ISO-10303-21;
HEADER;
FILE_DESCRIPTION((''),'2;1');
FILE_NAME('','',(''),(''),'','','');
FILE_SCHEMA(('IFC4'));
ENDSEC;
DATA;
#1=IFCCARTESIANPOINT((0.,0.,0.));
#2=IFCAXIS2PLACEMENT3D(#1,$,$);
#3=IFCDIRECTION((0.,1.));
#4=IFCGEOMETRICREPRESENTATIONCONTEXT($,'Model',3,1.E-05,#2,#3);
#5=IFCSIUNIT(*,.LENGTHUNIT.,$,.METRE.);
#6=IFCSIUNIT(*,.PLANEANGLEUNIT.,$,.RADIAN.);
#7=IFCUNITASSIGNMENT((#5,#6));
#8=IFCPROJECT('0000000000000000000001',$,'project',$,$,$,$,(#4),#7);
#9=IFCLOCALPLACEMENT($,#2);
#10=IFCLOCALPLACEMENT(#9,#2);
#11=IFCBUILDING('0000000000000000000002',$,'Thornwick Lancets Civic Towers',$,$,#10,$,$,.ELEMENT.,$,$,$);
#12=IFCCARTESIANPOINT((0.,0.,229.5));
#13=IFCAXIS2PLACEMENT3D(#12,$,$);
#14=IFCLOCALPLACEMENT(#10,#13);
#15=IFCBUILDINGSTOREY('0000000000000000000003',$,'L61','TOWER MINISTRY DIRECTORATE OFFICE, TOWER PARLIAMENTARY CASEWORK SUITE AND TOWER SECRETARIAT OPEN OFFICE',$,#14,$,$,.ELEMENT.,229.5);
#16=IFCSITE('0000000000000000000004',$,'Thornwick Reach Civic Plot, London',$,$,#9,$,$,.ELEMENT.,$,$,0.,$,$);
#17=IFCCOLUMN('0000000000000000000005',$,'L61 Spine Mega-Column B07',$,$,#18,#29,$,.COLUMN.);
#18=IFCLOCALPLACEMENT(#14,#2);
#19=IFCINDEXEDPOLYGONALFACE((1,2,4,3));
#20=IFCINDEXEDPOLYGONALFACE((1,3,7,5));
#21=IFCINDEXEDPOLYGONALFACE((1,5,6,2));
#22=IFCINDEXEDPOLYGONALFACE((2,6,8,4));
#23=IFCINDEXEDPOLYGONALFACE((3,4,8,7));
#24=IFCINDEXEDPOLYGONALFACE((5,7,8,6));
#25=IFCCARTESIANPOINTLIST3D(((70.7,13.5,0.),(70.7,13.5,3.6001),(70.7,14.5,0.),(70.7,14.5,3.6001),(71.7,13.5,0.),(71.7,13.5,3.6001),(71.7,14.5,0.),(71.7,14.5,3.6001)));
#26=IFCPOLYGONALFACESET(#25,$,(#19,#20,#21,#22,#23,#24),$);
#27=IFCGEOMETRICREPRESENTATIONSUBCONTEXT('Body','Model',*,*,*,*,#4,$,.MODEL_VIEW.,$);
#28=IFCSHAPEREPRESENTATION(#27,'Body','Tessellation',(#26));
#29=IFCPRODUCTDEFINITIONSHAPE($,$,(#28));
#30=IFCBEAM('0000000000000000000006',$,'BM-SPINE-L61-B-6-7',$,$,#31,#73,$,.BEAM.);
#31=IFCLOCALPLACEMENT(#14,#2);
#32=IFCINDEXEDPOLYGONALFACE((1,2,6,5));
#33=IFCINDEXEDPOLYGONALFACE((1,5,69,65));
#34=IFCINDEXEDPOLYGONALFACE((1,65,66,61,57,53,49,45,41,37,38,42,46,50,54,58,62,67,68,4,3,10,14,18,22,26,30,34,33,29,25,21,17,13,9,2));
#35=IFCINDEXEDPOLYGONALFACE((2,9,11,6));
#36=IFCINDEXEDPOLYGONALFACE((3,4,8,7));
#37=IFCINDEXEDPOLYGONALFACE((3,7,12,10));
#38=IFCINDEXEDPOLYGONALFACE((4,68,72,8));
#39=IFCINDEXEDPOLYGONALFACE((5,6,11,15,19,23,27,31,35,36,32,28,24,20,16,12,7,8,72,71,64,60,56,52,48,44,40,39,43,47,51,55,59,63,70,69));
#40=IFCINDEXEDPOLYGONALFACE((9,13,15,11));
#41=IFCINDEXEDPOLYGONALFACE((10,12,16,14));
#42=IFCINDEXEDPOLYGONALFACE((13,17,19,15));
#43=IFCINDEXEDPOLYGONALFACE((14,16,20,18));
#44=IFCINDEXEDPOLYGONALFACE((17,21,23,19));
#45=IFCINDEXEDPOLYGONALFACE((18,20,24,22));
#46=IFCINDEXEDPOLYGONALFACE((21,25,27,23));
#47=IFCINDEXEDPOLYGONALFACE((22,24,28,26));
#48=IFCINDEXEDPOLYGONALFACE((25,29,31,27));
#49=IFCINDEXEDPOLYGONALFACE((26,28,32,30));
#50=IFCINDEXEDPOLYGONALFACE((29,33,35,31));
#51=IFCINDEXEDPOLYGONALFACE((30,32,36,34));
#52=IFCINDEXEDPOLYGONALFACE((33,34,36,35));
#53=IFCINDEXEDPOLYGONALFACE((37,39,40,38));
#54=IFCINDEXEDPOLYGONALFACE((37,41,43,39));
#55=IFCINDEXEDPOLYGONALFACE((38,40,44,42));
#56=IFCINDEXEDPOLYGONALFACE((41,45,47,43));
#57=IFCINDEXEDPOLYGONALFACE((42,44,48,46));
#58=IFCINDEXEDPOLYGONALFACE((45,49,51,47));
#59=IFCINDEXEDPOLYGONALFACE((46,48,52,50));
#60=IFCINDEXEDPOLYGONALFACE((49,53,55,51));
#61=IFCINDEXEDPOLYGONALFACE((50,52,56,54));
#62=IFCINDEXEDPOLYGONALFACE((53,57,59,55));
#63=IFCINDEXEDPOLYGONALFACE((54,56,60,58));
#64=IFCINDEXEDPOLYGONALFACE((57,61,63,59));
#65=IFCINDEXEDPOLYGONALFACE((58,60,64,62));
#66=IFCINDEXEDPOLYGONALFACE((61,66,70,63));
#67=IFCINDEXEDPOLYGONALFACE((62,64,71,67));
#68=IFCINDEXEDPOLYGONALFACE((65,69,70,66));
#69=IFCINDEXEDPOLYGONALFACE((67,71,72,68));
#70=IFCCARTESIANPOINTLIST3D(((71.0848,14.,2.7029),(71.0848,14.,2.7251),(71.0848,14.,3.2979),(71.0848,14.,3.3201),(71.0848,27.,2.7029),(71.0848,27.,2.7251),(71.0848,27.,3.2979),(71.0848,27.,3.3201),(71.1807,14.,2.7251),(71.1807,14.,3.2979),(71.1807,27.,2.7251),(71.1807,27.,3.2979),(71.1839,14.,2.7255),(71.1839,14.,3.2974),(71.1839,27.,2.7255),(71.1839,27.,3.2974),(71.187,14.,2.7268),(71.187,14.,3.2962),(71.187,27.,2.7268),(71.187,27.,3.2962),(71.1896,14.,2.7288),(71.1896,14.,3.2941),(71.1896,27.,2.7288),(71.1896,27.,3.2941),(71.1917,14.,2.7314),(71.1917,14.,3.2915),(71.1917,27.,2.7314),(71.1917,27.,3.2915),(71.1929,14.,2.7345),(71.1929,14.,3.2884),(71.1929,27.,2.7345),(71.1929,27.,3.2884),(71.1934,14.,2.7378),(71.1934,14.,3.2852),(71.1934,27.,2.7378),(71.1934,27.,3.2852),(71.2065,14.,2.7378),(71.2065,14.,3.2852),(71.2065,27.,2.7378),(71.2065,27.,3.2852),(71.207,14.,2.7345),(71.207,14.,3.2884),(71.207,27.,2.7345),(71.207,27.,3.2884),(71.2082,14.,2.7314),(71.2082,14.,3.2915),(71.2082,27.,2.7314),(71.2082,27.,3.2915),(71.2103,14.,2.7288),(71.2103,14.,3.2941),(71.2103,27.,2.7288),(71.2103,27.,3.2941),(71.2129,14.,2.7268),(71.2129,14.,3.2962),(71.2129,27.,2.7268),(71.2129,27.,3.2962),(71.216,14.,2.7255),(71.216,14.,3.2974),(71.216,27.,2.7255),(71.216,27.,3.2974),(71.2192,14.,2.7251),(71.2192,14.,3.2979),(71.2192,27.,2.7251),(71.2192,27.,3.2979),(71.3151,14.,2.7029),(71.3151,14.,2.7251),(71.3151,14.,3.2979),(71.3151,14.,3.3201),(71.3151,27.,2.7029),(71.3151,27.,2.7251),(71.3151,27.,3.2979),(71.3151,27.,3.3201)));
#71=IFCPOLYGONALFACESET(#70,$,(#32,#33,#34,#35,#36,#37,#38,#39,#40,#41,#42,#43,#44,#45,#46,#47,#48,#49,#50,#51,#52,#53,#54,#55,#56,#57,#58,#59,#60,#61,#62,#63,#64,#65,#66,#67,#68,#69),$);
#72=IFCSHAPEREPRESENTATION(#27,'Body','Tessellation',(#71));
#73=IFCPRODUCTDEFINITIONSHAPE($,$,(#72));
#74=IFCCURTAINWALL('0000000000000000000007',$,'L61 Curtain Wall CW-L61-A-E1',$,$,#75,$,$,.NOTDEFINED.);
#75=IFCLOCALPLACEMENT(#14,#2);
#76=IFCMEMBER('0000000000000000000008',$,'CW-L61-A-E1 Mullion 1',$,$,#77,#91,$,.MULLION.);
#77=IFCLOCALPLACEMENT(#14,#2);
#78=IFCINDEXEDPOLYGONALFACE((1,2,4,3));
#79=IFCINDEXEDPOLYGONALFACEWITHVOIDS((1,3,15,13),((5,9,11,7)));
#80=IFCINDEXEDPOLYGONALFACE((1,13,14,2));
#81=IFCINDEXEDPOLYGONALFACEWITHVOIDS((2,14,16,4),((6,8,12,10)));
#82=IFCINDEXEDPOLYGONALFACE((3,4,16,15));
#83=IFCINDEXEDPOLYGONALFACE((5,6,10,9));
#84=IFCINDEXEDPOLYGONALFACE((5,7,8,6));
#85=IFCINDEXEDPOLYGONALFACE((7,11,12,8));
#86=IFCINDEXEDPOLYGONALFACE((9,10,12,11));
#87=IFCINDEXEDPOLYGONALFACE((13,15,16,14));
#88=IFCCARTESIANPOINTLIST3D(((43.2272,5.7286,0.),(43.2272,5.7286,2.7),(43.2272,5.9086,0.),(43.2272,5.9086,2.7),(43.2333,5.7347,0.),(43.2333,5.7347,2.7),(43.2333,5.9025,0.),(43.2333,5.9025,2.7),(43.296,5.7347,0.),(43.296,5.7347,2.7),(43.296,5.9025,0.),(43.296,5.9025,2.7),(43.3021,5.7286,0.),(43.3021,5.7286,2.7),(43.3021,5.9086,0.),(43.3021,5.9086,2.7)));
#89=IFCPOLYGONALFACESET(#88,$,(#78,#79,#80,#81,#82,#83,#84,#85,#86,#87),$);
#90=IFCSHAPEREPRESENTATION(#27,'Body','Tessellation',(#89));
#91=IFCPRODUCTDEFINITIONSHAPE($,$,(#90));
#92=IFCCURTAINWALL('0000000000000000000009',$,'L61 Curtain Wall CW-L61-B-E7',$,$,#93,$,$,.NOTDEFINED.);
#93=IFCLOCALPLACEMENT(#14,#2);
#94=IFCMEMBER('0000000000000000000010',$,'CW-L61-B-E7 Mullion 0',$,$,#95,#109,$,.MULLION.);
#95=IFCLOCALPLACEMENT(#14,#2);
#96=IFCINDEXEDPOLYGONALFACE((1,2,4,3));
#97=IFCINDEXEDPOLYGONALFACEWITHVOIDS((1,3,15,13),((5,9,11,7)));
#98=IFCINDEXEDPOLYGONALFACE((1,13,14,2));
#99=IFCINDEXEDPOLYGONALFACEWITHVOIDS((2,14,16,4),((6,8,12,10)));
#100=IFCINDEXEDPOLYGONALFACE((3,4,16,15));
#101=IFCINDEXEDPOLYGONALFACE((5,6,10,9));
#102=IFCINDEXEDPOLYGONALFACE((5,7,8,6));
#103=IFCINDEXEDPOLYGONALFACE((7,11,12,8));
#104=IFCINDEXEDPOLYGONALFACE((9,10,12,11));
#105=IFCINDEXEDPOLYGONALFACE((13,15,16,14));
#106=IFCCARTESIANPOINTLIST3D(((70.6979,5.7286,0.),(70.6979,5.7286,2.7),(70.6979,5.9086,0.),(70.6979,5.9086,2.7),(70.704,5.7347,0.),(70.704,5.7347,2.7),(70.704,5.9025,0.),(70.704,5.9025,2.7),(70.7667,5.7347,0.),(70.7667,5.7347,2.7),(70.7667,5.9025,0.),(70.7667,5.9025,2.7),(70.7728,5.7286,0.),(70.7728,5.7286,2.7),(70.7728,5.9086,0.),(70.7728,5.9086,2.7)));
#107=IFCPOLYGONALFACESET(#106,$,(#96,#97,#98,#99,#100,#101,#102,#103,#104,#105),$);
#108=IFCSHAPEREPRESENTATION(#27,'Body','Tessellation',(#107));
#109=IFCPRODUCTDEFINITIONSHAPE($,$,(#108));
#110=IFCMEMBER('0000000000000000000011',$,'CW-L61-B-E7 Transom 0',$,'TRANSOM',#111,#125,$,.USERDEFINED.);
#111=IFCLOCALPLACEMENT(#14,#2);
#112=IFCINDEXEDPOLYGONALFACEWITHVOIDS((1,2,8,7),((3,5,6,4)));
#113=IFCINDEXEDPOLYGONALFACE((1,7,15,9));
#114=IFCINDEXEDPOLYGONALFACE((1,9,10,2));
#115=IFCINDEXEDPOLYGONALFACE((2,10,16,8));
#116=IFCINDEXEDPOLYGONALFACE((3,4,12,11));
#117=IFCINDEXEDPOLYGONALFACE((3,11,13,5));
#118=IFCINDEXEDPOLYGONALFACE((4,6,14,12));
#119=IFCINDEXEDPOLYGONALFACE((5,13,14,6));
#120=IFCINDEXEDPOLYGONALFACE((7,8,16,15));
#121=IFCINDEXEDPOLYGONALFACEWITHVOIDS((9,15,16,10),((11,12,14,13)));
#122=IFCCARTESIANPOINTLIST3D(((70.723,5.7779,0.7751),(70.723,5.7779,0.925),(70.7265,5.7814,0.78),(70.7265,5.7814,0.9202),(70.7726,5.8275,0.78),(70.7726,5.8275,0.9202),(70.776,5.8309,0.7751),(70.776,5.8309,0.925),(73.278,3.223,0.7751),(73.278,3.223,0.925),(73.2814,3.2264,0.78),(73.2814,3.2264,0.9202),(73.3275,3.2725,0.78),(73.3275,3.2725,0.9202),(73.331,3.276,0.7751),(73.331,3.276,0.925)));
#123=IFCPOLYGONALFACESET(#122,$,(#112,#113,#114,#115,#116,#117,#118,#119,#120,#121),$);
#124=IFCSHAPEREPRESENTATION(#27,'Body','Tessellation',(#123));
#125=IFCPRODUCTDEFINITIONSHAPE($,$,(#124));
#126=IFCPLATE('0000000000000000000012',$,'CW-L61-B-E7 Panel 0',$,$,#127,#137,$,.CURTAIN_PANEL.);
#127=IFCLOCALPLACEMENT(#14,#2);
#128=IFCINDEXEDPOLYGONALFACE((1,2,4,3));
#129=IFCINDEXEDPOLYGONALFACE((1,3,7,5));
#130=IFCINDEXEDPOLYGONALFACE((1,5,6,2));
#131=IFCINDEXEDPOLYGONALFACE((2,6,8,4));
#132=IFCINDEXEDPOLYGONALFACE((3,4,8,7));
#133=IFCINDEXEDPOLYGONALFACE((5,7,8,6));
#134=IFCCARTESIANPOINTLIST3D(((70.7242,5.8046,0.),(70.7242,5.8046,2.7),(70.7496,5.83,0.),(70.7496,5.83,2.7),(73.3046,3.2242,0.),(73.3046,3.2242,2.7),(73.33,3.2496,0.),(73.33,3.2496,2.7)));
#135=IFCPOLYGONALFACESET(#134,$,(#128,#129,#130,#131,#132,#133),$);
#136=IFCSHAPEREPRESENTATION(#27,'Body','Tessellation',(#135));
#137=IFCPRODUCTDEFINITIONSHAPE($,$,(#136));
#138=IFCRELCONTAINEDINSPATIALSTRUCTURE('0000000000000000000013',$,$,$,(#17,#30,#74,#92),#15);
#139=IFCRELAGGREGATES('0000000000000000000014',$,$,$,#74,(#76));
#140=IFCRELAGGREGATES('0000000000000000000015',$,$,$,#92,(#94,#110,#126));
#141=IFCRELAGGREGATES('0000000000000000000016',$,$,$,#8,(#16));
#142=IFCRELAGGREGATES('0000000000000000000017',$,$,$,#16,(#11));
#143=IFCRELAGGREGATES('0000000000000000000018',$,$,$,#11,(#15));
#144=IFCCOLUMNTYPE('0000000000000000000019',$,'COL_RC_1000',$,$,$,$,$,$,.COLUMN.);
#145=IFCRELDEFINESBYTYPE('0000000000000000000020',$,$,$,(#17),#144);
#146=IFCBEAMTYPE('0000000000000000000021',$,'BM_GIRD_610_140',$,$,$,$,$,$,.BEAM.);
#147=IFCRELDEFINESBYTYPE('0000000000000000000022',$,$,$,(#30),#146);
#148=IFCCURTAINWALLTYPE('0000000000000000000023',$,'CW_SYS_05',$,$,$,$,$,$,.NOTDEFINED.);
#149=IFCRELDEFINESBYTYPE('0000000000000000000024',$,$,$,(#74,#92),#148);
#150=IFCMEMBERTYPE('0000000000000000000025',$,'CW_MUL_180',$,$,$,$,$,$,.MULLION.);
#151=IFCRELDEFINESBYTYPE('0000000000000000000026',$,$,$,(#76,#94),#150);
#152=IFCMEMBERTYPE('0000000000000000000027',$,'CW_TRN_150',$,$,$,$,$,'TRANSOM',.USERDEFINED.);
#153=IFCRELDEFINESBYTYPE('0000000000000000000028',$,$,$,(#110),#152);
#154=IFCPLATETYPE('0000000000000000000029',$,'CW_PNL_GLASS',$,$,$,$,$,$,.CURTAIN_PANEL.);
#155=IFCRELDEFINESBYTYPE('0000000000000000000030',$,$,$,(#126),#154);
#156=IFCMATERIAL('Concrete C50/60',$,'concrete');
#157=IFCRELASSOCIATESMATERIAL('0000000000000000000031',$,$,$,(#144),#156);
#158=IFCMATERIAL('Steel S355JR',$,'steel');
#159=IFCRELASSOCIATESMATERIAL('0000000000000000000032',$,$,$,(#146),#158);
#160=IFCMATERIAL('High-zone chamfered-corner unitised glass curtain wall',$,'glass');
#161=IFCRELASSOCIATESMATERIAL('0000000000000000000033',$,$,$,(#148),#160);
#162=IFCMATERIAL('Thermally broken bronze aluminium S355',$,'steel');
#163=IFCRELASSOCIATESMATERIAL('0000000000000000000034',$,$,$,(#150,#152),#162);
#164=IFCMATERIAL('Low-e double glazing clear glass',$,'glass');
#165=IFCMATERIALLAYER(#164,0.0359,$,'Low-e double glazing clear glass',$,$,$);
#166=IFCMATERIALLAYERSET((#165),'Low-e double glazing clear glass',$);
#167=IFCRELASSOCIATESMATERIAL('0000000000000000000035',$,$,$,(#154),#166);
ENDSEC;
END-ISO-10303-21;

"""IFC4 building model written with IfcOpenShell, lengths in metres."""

from ifc_helpers import new_model, si_unit, direction, frame, origin, origin_2d, place, context, subcontext, project, spatial, rectangle, hollow_rectangle, i_section, extrude, material, layer, layer_set, material_profile, profile_set, type_object, element, aggregate, save


model = new_model("IFC4")

# Units and contexts
model_context = context("Model", 3, precision=1e-05, world=origin(), true_north=direction((0.0, 1.0)))
body_context = subcontext(model_context, "Body", "Model", "MODEL_VIEW")
ifc_project = project(units=[si_unit("LENGTHUNIT", "METRE"), si_unit("PLANEANGLEUNIT", "RADIAN")], contexts=[model_context])

# Site, building, storey
site_placement = place(None, origin())
site = spatial("IfcSite", under=ifc_project, at=site_placement, Name="Thornwick Reach Civic Plot, London", CompositionType="ELEMENT", RefElevation=0.0)
building_placement = place(site_placement, origin())
building = spatial("IfcBuilding", under=site, at=building_placement, Name="Thornwick Lancets Civic Towers", CompositionType="ELEMENT")
storey_placement = place(building_placement, frame((0.0, 0.0, 229.5)))
storey = spatial("IfcBuildingStorey", under=building, at=storey_placement, Name="L61", Description="TOWER MINISTRY DIRECTORATE OFFICE, TOWER PARLIAMENTARY CASEWORK SUITE AND TOWER SECRETARIAT OPEN OFFICE", CompositionType="ELEMENT", Elevation=229.5)

# Column
ifc_material_1 = material(Name="Concrete C50/60", Category="concrete")
ifc_material_profile_1 = material_profile(ifc_material_1, rectangle(XDim=1.0, YDim=1.0, at=origin_2d()), Name="RC 1000x1000")
ifc_profile_set_1 = profile_set([ifc_material_profile_1], Name="Concrete C50/60")
column_type = type_object("IfcColumnType", Name="COL_RC_1000", PredefinedType="COLUMN", material=ifc_profile_set_1)
column_placement = place(storey_placement, frame((71.2, 14.0, 0.0), z_axis=(0.0, 0.0, 1.0), x_axis=(1.0, 0.0, 0.0)))
element("IfcColumn", 1, at=column_placement, inside=storey, type_object=column_type, Name="L61 Spine Mega-Column B07", PredefinedType="COLUMN", context=body_context, shape_type="SweptSolid", body=[
    extrude(rectangle(XDim=1.0, YDim=1.0, at=origin_2d()), origin(), (0.0, 0.0, 1.0), 3.6001),
])

# Beam
ifc_material_2 = material(Name="Steel S355JR", Category="steel")
ifc_material_profile_2 = material_profile(ifc_material_2, i_section(OverallWidth=0.2302, OverallDepth=0.6172, WebThickness=0.0132, FlangeThickness=0.0222, FilletRadius=0.0127, at=origin_2d()), Name="UKB 610x229x140")
ifc_profile_set_2 = profile_set([ifc_material_profile_2], Name="Steel S355JR")
beam_type = type_object("IfcBeamType", Name="BM_GIRD_610_140", PredefinedType="BEAM", material=ifc_profile_set_2)
beam_placement = place(storey_placement, frame((71.2, 14.0, 3.0115), z_axis=(0.0, 1.0, 0.0), x_axis=(-1.0, 0.0, 0.0)))
element("IfcBeam", 2, at=beam_placement, inside=storey, type_object=beam_type, Name="BM-SPINE-L61-B-6-7", PredefinedType="BEAM", context=body_context, shape_type="SweptSolid", body=[
    extrude(i_section(OverallWidth=0.2302, OverallDepth=0.6172, WebThickness=0.0132, FlangeThickness=0.0222, FilletRadius=0.0127, at=origin_2d()), origin(), (0.0, 0.0, 1.0), 13.0),
])

# Curtain wall, member
ifc_material_3 = material(Name="High-zone chamfered-corner unitised glass curtain wall", Category="glass")
curtain_wall_type = type_object("IfcCurtainWallType", Name="CW_SYS_05", PredefinedType="NOTDEFINED", material=ifc_material_3)
curtain_wall_1_placement = place(storey_placement, origin())
curtain_wall_1 = element("IfcCurtainWall", 3, at=curtain_wall_1_placement, inside=storey, type_object=curtain_wall_type, Name="L61 Curtain Wall CW-L61-A-E1", PredefinedType="NOTDEFINED")
ifc_material_4 = material(Name="Thermally broken bronze aluminium S355", Category="steel")
ifc_material_profile_3 = material_profile(ifc_material_4, hollow_rectangle(XDim=0.075, YDim=0.1799, WallThickness=0.0061, at=origin_2d()), Name="RHS 180x75x6")
ifc_profile_set_3 = profile_set([ifc_material_profile_3], Name="Thermally broken bronze aluminium S355")
member_type_1 = type_object("IfcMemberType", Name="CW_MUL_180", PredefinedType="MULLION", material=ifc_profile_set_3)
member_1_placement = place(storey_placement, frame((43.2646, 5.8186, 0.0), z_axis=(0.0, 0.0, 1.0), x_axis=(1.0, 0.0, 0.0)))
member_1 = element("IfcMember", 4, at=member_1_placement, type_object=member_type_1, Name="CW-L61-A-E1 Mullion 1", PredefinedType="MULLION", context=body_context, shape_type="SweptSolid", body=[
    extrude(hollow_rectangle(XDim=0.075, YDim=0.1799, WallThickness=0.0061, at=origin_2d()), origin(), (0.0, 0.0, 1.0), 2.7),
])
aggregate(curtain_wall_1, [member_1])

# Curtain wall, members, plate
curtain_wall_2_placement = place(storey_placement, origin())
curtain_wall_2 = element("IfcCurtainWall", 5, at=curtain_wall_2_placement, inside=storey, type_object=curtain_wall_type, Name="L61 Curtain Wall CW-L61-B-E7", PredefinedType="NOTDEFINED")
member_2_placement = place(storey_placement, frame((70.7354, 5.8186, 0.0), z_axis=(0.0, 0.0, 1.0), x_axis=(1.0, 0.0, 0.0)))
member_2 = element("IfcMember", 6, at=member_2_placement, type_object=member_type_1, Name="CW-L61-B-E7 Mullion 0", PredefinedType="MULLION", context=body_context, shape_type="SweptSolid", body=[
    extrude(hollow_rectangle(XDim=0.075, YDim=0.1799, WallThickness=0.0061, at=origin_2d()), origin(), (0.0, 0.0, 1.0), 2.7),
])
ifc_material_profile_4 = material_profile(ifc_material_4, hollow_rectangle(XDim=0.075, YDim=0.1499, WallThickness=0.0049, at=origin_2d()), Name="RHS 150x75x5")
ifc_profile_set_4 = profile_set([ifc_material_profile_4], Name="Thermally broken bronze aluminium S355")
member_type_2 = type_object("IfcMemberType", Name="CW_TRN_150", ElementType="TRANSOM", PredefinedType="USERDEFINED", material=ifc_profile_set_4)
member_3_placement = place(storey_placement, frame((70.7495, 5.8044, 0.8501), z_axis=(0.707107, -0.707107, 0.0), x_axis=(0.707107, 0.707107, 0.0)))
member_3 = element("IfcMember", 7, at=member_3_placement, type_object=member_type_2, Name="CW-L61-B-E7 Transom 0", ObjectType="TRANSOM", PredefinedType="USERDEFINED", context=body_context, shape_type="SweptSolid", body=[
    extrude(hollow_rectangle(XDim=0.075, YDim=0.1499, WallThickness=0.0049, at=origin_2d()), origin(), (0.0, 0.0, 1.0), 3.6133),
])
ifc_material_5 = material(Name="Low-e double glazing clear glass", Category="glass")
ifc_layer_1 = layer(ifc_material_5, 0.0359, Name="Low-e double glazing clear glass")
ifc_layer_set_1 = layer_set([ifc_layer_1], Name="Low-e double glazing clear glass")
plate_type = type_object("IfcPlateType", Name="CW_PNL_GLASS", PredefinedType="CURTAIN_PANEL", material=ifc_layer_set_1)
plate_placement = place(storey_placement, frame((72.0271, 4.5271, 0.0), z_axis=(0.0, 0.0, 1.0), x_axis=(0.707107, -0.707107, 0.0)))
plate = element("IfcPlate", 8, at=plate_placement, type_object=plate_type, Name="CW-L61-B-E7 Panel 0", PredefinedType="CURTAIN_PANEL", context=body_context, shape_type="SweptSolid", body=[
    extrude(rectangle(XDim=3.6492, YDim=0.0359, at=origin_2d()), origin(), (0.0, 0.0, 1.0), 2.7),
])
aggregate(curtain_wall_2, [member_2, member_3, plate])

save(model, "model.ifc")
